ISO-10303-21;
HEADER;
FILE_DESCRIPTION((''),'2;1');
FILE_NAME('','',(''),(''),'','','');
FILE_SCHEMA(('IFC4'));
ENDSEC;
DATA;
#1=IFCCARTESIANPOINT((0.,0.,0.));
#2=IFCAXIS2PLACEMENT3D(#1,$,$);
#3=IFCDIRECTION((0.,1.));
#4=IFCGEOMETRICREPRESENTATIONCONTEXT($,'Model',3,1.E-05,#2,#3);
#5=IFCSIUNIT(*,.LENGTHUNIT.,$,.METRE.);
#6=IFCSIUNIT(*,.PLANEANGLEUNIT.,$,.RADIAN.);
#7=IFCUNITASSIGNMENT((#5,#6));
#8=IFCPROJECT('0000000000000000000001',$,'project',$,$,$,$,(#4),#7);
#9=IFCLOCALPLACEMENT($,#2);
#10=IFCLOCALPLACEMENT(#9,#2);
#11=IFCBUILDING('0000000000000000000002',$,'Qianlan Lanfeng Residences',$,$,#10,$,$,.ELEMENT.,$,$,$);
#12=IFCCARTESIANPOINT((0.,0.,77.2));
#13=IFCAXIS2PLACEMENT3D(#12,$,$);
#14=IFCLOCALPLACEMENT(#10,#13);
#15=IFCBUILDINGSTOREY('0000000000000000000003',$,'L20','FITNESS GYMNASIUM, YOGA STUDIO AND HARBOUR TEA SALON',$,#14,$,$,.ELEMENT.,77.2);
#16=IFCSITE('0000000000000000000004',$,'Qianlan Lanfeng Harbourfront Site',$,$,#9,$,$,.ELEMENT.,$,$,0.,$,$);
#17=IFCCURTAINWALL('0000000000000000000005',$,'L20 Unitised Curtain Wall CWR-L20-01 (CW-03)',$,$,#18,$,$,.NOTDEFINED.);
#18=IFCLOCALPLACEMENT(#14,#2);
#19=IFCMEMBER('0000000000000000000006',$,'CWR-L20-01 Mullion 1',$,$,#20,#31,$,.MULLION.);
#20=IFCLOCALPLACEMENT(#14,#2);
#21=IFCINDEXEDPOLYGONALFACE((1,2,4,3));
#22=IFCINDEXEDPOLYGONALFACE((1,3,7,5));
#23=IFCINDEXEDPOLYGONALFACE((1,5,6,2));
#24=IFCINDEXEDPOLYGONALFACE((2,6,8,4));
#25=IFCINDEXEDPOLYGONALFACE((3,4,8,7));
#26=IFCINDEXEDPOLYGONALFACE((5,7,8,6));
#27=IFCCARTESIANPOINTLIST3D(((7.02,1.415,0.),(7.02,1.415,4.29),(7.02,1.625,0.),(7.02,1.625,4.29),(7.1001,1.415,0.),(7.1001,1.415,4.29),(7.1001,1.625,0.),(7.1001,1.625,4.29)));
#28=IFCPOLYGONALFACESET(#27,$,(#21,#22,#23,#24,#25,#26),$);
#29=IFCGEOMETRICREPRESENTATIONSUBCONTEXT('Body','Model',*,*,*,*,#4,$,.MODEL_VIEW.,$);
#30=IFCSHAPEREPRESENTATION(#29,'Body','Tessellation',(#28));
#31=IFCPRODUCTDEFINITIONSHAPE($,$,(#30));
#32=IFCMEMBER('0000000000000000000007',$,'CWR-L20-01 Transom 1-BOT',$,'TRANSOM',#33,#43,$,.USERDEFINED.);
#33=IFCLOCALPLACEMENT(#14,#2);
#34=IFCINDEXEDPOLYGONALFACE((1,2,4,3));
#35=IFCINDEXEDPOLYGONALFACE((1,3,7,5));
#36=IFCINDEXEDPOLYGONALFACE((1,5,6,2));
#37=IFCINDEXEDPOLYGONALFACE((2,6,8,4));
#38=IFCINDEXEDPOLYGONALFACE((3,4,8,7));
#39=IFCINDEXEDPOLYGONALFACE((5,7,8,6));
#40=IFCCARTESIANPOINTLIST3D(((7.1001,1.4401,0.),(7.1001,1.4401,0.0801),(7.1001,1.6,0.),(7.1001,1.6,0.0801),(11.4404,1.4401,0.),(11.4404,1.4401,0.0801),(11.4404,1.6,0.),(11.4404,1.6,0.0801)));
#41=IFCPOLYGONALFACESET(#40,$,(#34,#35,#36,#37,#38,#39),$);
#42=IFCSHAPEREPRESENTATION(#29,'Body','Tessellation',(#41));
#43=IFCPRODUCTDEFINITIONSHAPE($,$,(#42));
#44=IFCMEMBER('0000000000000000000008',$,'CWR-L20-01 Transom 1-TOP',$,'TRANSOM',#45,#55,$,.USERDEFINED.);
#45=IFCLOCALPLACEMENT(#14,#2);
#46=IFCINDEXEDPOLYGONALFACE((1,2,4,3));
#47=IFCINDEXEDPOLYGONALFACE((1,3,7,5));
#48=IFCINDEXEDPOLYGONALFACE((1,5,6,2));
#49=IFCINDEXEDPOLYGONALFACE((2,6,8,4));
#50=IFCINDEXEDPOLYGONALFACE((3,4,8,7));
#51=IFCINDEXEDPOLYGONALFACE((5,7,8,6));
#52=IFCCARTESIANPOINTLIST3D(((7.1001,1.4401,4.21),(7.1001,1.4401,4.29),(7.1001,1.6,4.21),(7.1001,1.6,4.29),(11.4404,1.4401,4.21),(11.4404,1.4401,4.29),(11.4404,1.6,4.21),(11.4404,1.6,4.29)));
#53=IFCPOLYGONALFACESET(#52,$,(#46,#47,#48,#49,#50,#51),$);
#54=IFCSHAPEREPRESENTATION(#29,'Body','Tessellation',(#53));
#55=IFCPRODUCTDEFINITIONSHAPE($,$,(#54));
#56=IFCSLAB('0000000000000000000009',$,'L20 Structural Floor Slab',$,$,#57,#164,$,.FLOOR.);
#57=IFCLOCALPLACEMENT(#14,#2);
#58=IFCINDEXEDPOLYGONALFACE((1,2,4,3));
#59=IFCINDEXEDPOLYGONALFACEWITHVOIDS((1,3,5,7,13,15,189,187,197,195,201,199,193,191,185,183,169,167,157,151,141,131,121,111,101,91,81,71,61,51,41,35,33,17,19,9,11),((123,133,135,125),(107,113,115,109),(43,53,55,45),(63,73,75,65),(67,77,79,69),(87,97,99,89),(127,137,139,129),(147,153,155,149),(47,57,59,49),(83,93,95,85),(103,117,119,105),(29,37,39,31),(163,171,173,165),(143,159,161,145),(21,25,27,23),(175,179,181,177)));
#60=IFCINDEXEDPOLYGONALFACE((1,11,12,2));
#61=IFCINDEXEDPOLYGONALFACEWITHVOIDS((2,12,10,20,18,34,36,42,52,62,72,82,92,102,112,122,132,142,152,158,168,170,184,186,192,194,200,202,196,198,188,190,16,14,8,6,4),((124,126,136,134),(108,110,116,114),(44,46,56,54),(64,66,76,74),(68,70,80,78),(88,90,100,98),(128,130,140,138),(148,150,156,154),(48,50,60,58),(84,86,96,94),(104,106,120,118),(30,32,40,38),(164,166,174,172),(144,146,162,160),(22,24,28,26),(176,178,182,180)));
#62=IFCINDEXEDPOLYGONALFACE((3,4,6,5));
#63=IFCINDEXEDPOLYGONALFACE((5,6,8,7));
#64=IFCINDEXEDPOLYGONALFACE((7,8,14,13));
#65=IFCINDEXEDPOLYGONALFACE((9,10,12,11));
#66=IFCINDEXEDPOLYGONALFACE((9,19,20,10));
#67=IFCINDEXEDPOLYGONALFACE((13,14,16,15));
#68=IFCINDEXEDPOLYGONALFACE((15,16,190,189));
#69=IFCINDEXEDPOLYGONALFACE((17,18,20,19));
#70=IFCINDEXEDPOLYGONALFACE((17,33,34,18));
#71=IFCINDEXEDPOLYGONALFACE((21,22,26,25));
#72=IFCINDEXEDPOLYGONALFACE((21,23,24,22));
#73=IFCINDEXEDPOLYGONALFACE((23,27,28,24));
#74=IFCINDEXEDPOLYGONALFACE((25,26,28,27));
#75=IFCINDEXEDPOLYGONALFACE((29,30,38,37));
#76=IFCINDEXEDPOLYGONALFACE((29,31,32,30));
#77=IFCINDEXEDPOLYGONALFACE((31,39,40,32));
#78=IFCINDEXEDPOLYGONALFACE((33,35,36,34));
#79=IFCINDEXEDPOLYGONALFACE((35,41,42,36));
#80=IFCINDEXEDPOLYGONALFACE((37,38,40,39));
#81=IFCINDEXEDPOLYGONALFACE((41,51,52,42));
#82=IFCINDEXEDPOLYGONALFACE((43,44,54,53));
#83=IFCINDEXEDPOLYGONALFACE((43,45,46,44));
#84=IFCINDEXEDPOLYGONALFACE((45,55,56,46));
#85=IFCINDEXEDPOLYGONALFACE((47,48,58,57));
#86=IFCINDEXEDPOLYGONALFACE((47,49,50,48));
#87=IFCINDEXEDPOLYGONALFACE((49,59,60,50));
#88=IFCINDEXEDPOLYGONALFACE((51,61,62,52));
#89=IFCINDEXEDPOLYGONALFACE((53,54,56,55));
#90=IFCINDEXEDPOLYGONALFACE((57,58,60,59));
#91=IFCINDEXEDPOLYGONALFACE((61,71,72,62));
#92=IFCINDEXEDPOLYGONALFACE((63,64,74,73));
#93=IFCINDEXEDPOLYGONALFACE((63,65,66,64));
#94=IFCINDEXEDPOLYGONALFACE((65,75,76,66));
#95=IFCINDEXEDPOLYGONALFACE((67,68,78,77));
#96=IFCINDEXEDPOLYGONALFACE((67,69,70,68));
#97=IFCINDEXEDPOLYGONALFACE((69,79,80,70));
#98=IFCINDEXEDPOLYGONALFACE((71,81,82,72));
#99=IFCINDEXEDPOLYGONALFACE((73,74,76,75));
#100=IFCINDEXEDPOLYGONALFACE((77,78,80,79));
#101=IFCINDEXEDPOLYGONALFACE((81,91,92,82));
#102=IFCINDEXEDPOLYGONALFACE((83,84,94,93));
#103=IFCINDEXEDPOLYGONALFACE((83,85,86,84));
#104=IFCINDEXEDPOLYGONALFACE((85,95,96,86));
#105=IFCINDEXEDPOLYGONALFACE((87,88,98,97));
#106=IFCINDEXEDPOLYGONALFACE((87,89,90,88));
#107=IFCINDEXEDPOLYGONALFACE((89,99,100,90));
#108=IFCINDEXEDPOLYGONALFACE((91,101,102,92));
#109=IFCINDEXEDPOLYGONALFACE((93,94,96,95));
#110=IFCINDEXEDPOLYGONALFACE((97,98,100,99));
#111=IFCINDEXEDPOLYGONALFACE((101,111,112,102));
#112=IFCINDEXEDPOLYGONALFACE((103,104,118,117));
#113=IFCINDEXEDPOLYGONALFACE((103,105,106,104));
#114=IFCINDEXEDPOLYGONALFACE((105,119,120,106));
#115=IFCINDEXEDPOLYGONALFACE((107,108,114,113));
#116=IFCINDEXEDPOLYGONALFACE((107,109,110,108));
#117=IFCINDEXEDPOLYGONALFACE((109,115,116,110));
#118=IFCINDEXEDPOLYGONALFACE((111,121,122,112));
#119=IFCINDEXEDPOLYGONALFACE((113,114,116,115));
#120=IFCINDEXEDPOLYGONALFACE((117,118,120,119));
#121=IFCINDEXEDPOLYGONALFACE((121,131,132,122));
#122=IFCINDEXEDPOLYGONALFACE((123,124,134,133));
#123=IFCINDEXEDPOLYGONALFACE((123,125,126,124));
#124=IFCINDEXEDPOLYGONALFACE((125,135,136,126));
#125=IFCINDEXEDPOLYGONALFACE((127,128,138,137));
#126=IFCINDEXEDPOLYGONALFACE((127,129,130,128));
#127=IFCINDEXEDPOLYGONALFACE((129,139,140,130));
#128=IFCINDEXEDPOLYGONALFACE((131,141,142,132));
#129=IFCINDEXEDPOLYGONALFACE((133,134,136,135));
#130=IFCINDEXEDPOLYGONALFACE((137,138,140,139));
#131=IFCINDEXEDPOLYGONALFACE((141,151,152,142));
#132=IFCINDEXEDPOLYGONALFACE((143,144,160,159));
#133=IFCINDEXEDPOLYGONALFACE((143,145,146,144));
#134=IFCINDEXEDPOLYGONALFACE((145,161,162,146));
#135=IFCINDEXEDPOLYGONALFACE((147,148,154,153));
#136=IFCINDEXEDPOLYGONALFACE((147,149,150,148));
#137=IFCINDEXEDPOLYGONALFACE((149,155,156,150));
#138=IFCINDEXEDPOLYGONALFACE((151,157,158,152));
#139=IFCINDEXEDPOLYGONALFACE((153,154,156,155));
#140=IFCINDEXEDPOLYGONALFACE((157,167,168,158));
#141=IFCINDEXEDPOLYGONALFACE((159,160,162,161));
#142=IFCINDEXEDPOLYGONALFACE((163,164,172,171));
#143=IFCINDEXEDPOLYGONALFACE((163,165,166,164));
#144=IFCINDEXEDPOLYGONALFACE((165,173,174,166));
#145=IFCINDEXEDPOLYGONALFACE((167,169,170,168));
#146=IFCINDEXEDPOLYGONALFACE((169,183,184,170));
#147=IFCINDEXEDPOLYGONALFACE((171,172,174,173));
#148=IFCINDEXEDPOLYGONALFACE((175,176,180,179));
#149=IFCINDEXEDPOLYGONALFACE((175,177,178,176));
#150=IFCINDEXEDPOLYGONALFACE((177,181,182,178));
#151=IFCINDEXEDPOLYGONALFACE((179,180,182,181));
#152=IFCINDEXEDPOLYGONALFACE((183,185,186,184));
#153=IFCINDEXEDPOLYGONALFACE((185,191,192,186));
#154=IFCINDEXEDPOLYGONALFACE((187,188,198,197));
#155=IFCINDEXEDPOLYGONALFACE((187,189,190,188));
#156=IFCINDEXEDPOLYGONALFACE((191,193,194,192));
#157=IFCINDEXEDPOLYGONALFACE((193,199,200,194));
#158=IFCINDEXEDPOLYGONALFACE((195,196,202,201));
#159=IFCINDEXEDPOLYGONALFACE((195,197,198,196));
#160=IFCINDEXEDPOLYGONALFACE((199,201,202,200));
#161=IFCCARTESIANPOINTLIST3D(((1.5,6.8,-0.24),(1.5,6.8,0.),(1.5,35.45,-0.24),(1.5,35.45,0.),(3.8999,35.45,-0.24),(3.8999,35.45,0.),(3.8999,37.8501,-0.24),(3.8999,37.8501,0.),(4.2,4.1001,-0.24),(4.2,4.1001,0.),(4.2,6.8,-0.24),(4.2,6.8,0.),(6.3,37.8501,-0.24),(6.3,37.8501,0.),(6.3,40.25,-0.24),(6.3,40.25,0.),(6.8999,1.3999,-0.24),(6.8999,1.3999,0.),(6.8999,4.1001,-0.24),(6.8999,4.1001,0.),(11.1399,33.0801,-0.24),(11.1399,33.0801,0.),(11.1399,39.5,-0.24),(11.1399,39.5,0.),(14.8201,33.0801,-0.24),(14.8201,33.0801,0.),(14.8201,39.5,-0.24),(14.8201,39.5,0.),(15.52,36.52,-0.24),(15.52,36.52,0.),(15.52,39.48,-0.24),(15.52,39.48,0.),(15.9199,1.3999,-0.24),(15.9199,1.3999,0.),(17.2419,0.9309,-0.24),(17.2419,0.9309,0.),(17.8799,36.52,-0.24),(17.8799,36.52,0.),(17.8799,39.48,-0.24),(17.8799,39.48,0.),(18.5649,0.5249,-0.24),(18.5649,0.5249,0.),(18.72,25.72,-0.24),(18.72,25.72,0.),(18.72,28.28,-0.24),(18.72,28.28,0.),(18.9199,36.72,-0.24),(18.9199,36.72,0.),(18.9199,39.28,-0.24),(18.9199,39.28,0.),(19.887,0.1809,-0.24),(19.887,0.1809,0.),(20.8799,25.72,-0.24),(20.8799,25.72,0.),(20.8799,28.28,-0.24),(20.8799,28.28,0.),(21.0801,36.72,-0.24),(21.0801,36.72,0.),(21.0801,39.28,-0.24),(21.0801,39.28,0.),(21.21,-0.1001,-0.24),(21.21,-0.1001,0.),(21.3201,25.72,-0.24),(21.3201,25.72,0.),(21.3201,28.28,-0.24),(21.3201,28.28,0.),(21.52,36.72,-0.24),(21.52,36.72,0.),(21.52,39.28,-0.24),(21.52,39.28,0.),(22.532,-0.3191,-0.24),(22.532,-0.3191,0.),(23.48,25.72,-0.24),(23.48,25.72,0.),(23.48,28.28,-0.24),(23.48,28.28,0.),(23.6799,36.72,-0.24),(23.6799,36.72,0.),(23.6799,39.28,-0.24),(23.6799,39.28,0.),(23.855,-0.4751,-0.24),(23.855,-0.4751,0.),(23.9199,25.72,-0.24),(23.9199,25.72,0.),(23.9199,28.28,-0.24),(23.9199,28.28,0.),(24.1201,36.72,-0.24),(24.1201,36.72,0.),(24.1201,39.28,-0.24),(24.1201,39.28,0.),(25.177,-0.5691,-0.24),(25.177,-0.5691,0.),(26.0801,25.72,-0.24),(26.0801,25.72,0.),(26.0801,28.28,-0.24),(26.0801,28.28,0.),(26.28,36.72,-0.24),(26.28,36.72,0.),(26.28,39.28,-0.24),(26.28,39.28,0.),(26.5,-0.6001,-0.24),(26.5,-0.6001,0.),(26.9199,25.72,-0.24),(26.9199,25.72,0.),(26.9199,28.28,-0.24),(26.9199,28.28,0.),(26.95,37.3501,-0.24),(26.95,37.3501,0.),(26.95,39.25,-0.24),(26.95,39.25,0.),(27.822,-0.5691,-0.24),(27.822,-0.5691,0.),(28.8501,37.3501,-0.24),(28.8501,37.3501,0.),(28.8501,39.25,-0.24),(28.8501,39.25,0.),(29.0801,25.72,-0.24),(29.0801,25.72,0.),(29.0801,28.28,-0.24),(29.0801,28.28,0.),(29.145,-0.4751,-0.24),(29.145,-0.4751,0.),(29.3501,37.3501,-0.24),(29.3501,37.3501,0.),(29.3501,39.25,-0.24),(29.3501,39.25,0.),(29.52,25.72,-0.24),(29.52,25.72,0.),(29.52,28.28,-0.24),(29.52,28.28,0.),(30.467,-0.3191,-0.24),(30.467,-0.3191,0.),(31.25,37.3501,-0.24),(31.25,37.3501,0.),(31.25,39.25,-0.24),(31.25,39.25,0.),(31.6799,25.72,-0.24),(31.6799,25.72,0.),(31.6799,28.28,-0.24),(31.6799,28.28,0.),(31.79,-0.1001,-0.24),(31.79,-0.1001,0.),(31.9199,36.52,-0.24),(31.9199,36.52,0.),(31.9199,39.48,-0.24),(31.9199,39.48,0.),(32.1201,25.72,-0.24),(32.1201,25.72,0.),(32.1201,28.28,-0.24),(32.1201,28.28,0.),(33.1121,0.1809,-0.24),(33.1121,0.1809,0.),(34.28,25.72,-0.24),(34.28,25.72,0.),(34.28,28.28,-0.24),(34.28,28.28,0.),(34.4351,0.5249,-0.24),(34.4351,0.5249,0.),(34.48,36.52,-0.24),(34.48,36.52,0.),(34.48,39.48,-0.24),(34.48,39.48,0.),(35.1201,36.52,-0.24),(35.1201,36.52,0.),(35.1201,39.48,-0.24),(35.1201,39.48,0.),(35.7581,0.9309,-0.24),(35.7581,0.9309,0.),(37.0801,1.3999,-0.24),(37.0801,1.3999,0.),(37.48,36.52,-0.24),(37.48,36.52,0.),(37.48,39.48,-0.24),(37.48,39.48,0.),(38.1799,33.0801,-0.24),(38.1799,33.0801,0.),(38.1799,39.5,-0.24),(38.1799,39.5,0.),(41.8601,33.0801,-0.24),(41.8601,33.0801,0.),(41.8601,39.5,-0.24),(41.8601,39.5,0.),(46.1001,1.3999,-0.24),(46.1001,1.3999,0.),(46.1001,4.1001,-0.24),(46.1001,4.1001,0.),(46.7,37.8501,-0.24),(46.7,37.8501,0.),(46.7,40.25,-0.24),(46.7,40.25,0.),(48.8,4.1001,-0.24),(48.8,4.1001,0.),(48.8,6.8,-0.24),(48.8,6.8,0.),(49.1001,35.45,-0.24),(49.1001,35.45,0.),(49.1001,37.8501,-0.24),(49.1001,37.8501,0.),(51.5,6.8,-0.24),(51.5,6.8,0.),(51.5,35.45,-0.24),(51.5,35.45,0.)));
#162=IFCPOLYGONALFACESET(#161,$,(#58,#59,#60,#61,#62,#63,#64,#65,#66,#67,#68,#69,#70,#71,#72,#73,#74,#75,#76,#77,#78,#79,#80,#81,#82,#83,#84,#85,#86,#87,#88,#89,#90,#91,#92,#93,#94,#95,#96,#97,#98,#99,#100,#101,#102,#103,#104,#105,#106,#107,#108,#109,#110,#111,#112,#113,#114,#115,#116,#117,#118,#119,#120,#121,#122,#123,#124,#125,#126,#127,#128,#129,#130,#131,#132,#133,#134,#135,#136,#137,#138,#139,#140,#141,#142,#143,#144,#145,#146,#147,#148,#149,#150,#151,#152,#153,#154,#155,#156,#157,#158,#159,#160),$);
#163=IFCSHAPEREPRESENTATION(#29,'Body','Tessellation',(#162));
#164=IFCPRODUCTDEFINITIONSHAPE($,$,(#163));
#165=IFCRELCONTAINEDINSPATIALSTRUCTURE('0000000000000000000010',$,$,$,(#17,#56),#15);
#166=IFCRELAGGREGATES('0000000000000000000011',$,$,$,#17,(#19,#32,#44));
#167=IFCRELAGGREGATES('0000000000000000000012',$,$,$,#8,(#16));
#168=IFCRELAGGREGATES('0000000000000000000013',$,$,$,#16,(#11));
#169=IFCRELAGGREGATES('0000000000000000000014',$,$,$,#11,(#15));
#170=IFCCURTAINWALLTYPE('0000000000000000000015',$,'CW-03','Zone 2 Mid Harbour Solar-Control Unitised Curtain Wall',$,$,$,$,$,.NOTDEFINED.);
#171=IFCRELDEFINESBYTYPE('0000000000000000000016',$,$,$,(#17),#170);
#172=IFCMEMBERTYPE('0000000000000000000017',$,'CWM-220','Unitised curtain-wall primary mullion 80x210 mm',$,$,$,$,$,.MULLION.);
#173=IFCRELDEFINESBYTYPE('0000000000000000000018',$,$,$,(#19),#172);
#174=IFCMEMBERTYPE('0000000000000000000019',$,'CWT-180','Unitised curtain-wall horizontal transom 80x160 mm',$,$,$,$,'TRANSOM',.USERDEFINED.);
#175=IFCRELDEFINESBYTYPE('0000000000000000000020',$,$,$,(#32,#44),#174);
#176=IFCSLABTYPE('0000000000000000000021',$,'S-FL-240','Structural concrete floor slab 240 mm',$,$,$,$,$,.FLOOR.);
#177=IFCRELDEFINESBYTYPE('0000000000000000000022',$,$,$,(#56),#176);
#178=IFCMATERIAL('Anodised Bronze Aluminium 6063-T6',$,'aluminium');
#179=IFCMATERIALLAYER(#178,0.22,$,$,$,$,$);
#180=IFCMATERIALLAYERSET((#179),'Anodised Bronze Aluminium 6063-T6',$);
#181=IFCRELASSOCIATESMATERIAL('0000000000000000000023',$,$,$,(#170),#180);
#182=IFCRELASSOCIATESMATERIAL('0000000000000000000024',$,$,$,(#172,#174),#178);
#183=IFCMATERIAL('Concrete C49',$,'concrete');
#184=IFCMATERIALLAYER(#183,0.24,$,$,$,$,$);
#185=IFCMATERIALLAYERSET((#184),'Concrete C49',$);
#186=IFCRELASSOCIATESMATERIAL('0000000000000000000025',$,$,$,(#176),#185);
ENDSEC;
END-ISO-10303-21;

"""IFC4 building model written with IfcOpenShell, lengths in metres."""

from ifc_helpers import new_model, si_unit, direction, frame, origin, origin_2d, place, context, subcontext, project, spatial, polyline, rectangle, outline, extrude, source, transform, mapped, material, layer, layer_set, material_profile, profile_set, type_object, element, aggregate, save


model = new_model("IFC4")

# Units and contexts
model_context = context("Model", 3, precision=1e-05, world=origin(), true_north=direction((0.0, 1.0)))
body_context = subcontext(model_context, "Body", "Model", "MODEL_VIEW")
ifc_project = project(units=[si_unit("LENGTHUNIT", "METRE"), si_unit("PLANEANGLEUNIT", "RADIAN")], contexts=[model_context])

# Site, building, storey
site_placement = place(None, origin())
site = spatial("IfcSite", under=ifc_project, at=site_placement, Name="Qianlan Lanfeng Harbourfront Site", CompositionType="ELEMENT", RefElevation=0.0)
building_placement = place(site_placement, origin())
building = spatial("IfcBuilding", under=site, at=building_placement, Name="Qianlan Lanfeng Residences", CompositionType="ELEMENT")
storey_placement = place(building_placement, frame((0.0, 0.0, 77.2)))
storey = spatial("IfcBuildingStorey", under=building, at=storey_placement, Name="L20", Description="FITNESS GYMNASIUM, YOGA STUDIO AND HARBOUR TEA SALON", CompositionType="ELEMENT", Elevation=77.2)

# Curtain wall, members
ifc_material_1 = material(Name="Anodised Bronze Aluminium 6063-T6", Category="aluminium")
ifc_layer_1 = layer(ifc_material_1, 0.22)
ifc_layer_set_1 = layer_set([ifc_layer_1], Name="Anodised Bronze Aluminium 6063-T6")
curtain_wall_type = type_object("IfcCurtainWallType", Name="CW-03", Description="Zone 2 Mid Harbour Solar-Control Unitised Curtain Wall", PredefinedType="NOTDEFINED", material=ifc_layer_set_1)
curtain_wall_placement = place(storey_placement, origin())
curtain_wall = element("IfcCurtainWall", 1, at=curtain_wall_placement, inside=storey, type_object=curtain_wall_type, Name="L20 Unitised Curtain Wall CWR-L20-01 (CW-03)", PredefinedType="NOTDEFINED")
ifc_material_profile_1 = material_profile(ifc_material_1, rectangle(XDim=0.0801, YDim=0.21, at=origin_2d()), Name="ALU MULLION 80x210")
ifc_profile_set_1 = profile_set([ifc_material_profile_1], Name="Anodised Bronze Aluminium 6063-T6")
member_type_1 = type_object("IfcMemberType", Name="CWM-220", Description="Unitised curtain-wall primary mullion 80x210 mm", PredefinedType="MULLION", material=ifc_profile_set_1)
shared_shape_1 = source(origin(), body_context, "Body", "SweptSolid", [
    extrude(rectangle(XDim=0.0801, YDim=0.21, at=origin_2d()), origin(), (0.0, 0.0, 1.0), 4.29),
])
member_1_placement = place(storey_placement, frame((7.0601, 1.52, 0.0), z_axis=(0.0, 0.0, 1.0), x_axis=(1.0, 0.0, 0.0)))
member_1 = element("IfcMember", 2, at=member_1_placement, type_object=member_type_1, Name="CWR-L20-01 Mullion 1", PredefinedType="MULLION", context=body_context, shape_type="MappedRepresentation", body=[
    mapped(shared_shape_1, transform((0.0, 0.0, 0.0), scale=1.0)),
])
ifc_material_profile_2 = material_profile(ifc_material_1, rectangle(XDim=0.0801, YDim=0.1599, at=origin_2d()), Name="ALU TRANSOM 80x160")
ifc_profile_set_2 = profile_set([ifc_material_profile_2], Name="Anodised Bronze Aluminium 6063-T6")
member_type_2 = type_object("IfcMemberType", Name="CWT-180", Description="Unitised curtain-wall horizontal transom 80x160 mm", ElementType="TRANSOM", PredefinedType="USERDEFINED", material=ifc_profile_set_2)
shared_shape_2 = source(origin(), body_context, "Body", "SweptSolid", [
    extrude(rectangle(XDim=0.0801, YDim=0.1599, at=origin_2d()), origin(), (0.0, 0.0, 1.0), 4.3403),
])
member_2_placement = place(storey_placement, frame((7.1001, 1.52, 0.04), z_axis=(1.0, 0.0, 0.0), x_axis=(0.0, 0.0, 1.0)))
member_2 = element("IfcMember", 3, at=member_2_placement, type_object=member_type_2, Name="CWR-L20-01 Transom 1-BOT", ObjectType="TRANSOM", PredefinedType="USERDEFINED", context=body_context, shape_type="MappedRepresentation", body=[
    mapped(shared_shape_2, transform((0.0, 0.0, 0.0), scale=1.0)),
])
member_3_placement = place(storey_placement, frame((7.1001, 1.52, 4.25), z_axis=(1.0, 0.0, 0.0), x_axis=(0.0, 0.0, 1.0)))
member_3 = element("IfcMember", 4, at=member_3_placement, type_object=member_type_2, Name="CWR-L20-01 Transom 1-TOP", ObjectType="TRANSOM", PredefinedType="USERDEFINED", context=body_context, shape_type="MappedRepresentation", body=[
    mapped(shared_shape_2, transform((0.0, 0.0, 0.0), scale=1.0)),
])

# Slab
ifc_material_2 = material(Name="Concrete C49", Category="concrete")
ifc_layer_2 = layer(ifc_material_2, 0.24)
ifc_layer_set_2 = layer_set([ifc_layer_2], Name="Concrete C49")
slab_type_1 = type_object("IfcSlabType", Name="S-FL-240", Description="Structural concrete floor slab 240 mm", PredefinedType="FLOOR", material=ifc_layer_set_2)
slab_1_placement = place(storey_placement, frame((0.0, 0.0, -0.24)))
element("IfcSlab", 5, at=slab_1_placement, inside=storey, type_object=slab_type_1, Name="L20 Structural Floor Slab", PredefinedType="FLOOR", context=body_context, shape_type="SweptSolid", body=[
    extrude(outline(polyline([(1.5, 6.8), (4.2, 6.8), (4.2, 4.1001), (6.8999, 4.1001), (6.8999, 1.3999), (15.9199, 1.3999), (17.2419, 0.9309), (18.5649, 0.5249), (19.887, 0.1809), (21.21, -0.1001), (22.532, -0.3191), (23.855, -0.4751), (25.177, -0.5691), (26.5, -0.6001), (27.822, -0.5691), (29.145, -0.4751), (30.467, -0.3191), (31.79, -0.1001), (33.1121, 0.1809), (34.4351, 0.5249), (35.7581, 0.9309), (37.0801, 1.3999), (46.1001, 1.3999), (46.1001, 4.1001), (48.8, 4.1001), (48.8, 6.8), (51.5, 6.8), (51.5, 35.45), (49.1001, 35.45), (49.1001, 37.8501), (46.7, 37.8501), (46.7, 40.25), (6.3, 40.25), (6.3, 37.8501), (3.8999, 37.8501), (3.8999, 35.45), (1.5, 35.45), (1.5, 6.8)]), holes=[polyline([(11.1399, 33.0801), (11.1399, 39.5), (14.8201, 39.5), (14.8201, 33.0801), (11.1399, 33.0801)]), polyline([(38.1799, 33.0801), (38.1799, 39.5), (41.8601, 39.5), (41.8601, 33.0801), (38.1799, 33.0801)]), polyline([(15.52, 36.52), (15.52, 39.48), (17.8799, 39.48), (17.8799, 36.52), (15.52, 36.52)]), polyline([(35.1201, 36.52), (35.1201, 39.48), (37.48, 39.48), (37.48, 36.52), (35.1201, 36.52)]), polyline([(31.9199, 36.52), (31.9199, 39.48), (34.48, 39.48), (34.48, 36.52), (31.9199, 36.52)]), polyline([(18.72, 25.72), (18.72, 28.28), (20.8799, 28.28), (20.8799, 25.72), (18.72, 25.72)]), polyline([(21.3201, 25.72), (21.3201, 28.28), (23.48, 28.28), (23.48, 25.72), (21.3201, 25.72)]), polyline([(23.9199, 25.72), (23.9199, 28.28), (26.0801, 28.28), (26.0801, 25.72), (23.9199, 25.72)]), polyline([(26.9199, 25.72), (26.9199, 28.28), (29.0801, 28.28), (29.0801, 25.72), (26.9199, 25.72)]), polyline([(29.52, 25.72), (29.52, 28.28), (31.6799, 28.28), (31.6799, 25.72), (29.52, 25.72)]), polyline([(32.1201, 25.72), (32.1201, 28.28), (34.28, 28.28), (34.28, 25.72), (32.1201, 25.72)]), polyline([(18.9199, 36.72), (18.9199, 39.28), (21.0801, 39.28), (21.0801, 36.72), (18.9199, 36.72)]), polyline([(21.52, 36.72), (21.52, 39.28), (23.6799, 39.28), (23.6799, 36.72), (21.52, 36.72)]), polyline([(24.1201, 36.72), (24.1201, 39.28), (26.28, 39.28), (26.28, 36.72), (24.1201, 36.72)]), polyline([(26.95, 37.3501), (26.95, 39.25), (28.8501, 39.25), (28.8501, 37.3501), (26.95, 37.3501)]), polyline([(29.3501, 37.3501), (29.3501, 39.25), (31.25, 39.25), (31.25, 37.3501), (29.3501, 37.3501)])]), origin(), (0.0, 0.0, 1.0), 0.24),
])

aggregate(curtain_wall, [member_1, member_2, member_3])

save(model, "model.ifc")
